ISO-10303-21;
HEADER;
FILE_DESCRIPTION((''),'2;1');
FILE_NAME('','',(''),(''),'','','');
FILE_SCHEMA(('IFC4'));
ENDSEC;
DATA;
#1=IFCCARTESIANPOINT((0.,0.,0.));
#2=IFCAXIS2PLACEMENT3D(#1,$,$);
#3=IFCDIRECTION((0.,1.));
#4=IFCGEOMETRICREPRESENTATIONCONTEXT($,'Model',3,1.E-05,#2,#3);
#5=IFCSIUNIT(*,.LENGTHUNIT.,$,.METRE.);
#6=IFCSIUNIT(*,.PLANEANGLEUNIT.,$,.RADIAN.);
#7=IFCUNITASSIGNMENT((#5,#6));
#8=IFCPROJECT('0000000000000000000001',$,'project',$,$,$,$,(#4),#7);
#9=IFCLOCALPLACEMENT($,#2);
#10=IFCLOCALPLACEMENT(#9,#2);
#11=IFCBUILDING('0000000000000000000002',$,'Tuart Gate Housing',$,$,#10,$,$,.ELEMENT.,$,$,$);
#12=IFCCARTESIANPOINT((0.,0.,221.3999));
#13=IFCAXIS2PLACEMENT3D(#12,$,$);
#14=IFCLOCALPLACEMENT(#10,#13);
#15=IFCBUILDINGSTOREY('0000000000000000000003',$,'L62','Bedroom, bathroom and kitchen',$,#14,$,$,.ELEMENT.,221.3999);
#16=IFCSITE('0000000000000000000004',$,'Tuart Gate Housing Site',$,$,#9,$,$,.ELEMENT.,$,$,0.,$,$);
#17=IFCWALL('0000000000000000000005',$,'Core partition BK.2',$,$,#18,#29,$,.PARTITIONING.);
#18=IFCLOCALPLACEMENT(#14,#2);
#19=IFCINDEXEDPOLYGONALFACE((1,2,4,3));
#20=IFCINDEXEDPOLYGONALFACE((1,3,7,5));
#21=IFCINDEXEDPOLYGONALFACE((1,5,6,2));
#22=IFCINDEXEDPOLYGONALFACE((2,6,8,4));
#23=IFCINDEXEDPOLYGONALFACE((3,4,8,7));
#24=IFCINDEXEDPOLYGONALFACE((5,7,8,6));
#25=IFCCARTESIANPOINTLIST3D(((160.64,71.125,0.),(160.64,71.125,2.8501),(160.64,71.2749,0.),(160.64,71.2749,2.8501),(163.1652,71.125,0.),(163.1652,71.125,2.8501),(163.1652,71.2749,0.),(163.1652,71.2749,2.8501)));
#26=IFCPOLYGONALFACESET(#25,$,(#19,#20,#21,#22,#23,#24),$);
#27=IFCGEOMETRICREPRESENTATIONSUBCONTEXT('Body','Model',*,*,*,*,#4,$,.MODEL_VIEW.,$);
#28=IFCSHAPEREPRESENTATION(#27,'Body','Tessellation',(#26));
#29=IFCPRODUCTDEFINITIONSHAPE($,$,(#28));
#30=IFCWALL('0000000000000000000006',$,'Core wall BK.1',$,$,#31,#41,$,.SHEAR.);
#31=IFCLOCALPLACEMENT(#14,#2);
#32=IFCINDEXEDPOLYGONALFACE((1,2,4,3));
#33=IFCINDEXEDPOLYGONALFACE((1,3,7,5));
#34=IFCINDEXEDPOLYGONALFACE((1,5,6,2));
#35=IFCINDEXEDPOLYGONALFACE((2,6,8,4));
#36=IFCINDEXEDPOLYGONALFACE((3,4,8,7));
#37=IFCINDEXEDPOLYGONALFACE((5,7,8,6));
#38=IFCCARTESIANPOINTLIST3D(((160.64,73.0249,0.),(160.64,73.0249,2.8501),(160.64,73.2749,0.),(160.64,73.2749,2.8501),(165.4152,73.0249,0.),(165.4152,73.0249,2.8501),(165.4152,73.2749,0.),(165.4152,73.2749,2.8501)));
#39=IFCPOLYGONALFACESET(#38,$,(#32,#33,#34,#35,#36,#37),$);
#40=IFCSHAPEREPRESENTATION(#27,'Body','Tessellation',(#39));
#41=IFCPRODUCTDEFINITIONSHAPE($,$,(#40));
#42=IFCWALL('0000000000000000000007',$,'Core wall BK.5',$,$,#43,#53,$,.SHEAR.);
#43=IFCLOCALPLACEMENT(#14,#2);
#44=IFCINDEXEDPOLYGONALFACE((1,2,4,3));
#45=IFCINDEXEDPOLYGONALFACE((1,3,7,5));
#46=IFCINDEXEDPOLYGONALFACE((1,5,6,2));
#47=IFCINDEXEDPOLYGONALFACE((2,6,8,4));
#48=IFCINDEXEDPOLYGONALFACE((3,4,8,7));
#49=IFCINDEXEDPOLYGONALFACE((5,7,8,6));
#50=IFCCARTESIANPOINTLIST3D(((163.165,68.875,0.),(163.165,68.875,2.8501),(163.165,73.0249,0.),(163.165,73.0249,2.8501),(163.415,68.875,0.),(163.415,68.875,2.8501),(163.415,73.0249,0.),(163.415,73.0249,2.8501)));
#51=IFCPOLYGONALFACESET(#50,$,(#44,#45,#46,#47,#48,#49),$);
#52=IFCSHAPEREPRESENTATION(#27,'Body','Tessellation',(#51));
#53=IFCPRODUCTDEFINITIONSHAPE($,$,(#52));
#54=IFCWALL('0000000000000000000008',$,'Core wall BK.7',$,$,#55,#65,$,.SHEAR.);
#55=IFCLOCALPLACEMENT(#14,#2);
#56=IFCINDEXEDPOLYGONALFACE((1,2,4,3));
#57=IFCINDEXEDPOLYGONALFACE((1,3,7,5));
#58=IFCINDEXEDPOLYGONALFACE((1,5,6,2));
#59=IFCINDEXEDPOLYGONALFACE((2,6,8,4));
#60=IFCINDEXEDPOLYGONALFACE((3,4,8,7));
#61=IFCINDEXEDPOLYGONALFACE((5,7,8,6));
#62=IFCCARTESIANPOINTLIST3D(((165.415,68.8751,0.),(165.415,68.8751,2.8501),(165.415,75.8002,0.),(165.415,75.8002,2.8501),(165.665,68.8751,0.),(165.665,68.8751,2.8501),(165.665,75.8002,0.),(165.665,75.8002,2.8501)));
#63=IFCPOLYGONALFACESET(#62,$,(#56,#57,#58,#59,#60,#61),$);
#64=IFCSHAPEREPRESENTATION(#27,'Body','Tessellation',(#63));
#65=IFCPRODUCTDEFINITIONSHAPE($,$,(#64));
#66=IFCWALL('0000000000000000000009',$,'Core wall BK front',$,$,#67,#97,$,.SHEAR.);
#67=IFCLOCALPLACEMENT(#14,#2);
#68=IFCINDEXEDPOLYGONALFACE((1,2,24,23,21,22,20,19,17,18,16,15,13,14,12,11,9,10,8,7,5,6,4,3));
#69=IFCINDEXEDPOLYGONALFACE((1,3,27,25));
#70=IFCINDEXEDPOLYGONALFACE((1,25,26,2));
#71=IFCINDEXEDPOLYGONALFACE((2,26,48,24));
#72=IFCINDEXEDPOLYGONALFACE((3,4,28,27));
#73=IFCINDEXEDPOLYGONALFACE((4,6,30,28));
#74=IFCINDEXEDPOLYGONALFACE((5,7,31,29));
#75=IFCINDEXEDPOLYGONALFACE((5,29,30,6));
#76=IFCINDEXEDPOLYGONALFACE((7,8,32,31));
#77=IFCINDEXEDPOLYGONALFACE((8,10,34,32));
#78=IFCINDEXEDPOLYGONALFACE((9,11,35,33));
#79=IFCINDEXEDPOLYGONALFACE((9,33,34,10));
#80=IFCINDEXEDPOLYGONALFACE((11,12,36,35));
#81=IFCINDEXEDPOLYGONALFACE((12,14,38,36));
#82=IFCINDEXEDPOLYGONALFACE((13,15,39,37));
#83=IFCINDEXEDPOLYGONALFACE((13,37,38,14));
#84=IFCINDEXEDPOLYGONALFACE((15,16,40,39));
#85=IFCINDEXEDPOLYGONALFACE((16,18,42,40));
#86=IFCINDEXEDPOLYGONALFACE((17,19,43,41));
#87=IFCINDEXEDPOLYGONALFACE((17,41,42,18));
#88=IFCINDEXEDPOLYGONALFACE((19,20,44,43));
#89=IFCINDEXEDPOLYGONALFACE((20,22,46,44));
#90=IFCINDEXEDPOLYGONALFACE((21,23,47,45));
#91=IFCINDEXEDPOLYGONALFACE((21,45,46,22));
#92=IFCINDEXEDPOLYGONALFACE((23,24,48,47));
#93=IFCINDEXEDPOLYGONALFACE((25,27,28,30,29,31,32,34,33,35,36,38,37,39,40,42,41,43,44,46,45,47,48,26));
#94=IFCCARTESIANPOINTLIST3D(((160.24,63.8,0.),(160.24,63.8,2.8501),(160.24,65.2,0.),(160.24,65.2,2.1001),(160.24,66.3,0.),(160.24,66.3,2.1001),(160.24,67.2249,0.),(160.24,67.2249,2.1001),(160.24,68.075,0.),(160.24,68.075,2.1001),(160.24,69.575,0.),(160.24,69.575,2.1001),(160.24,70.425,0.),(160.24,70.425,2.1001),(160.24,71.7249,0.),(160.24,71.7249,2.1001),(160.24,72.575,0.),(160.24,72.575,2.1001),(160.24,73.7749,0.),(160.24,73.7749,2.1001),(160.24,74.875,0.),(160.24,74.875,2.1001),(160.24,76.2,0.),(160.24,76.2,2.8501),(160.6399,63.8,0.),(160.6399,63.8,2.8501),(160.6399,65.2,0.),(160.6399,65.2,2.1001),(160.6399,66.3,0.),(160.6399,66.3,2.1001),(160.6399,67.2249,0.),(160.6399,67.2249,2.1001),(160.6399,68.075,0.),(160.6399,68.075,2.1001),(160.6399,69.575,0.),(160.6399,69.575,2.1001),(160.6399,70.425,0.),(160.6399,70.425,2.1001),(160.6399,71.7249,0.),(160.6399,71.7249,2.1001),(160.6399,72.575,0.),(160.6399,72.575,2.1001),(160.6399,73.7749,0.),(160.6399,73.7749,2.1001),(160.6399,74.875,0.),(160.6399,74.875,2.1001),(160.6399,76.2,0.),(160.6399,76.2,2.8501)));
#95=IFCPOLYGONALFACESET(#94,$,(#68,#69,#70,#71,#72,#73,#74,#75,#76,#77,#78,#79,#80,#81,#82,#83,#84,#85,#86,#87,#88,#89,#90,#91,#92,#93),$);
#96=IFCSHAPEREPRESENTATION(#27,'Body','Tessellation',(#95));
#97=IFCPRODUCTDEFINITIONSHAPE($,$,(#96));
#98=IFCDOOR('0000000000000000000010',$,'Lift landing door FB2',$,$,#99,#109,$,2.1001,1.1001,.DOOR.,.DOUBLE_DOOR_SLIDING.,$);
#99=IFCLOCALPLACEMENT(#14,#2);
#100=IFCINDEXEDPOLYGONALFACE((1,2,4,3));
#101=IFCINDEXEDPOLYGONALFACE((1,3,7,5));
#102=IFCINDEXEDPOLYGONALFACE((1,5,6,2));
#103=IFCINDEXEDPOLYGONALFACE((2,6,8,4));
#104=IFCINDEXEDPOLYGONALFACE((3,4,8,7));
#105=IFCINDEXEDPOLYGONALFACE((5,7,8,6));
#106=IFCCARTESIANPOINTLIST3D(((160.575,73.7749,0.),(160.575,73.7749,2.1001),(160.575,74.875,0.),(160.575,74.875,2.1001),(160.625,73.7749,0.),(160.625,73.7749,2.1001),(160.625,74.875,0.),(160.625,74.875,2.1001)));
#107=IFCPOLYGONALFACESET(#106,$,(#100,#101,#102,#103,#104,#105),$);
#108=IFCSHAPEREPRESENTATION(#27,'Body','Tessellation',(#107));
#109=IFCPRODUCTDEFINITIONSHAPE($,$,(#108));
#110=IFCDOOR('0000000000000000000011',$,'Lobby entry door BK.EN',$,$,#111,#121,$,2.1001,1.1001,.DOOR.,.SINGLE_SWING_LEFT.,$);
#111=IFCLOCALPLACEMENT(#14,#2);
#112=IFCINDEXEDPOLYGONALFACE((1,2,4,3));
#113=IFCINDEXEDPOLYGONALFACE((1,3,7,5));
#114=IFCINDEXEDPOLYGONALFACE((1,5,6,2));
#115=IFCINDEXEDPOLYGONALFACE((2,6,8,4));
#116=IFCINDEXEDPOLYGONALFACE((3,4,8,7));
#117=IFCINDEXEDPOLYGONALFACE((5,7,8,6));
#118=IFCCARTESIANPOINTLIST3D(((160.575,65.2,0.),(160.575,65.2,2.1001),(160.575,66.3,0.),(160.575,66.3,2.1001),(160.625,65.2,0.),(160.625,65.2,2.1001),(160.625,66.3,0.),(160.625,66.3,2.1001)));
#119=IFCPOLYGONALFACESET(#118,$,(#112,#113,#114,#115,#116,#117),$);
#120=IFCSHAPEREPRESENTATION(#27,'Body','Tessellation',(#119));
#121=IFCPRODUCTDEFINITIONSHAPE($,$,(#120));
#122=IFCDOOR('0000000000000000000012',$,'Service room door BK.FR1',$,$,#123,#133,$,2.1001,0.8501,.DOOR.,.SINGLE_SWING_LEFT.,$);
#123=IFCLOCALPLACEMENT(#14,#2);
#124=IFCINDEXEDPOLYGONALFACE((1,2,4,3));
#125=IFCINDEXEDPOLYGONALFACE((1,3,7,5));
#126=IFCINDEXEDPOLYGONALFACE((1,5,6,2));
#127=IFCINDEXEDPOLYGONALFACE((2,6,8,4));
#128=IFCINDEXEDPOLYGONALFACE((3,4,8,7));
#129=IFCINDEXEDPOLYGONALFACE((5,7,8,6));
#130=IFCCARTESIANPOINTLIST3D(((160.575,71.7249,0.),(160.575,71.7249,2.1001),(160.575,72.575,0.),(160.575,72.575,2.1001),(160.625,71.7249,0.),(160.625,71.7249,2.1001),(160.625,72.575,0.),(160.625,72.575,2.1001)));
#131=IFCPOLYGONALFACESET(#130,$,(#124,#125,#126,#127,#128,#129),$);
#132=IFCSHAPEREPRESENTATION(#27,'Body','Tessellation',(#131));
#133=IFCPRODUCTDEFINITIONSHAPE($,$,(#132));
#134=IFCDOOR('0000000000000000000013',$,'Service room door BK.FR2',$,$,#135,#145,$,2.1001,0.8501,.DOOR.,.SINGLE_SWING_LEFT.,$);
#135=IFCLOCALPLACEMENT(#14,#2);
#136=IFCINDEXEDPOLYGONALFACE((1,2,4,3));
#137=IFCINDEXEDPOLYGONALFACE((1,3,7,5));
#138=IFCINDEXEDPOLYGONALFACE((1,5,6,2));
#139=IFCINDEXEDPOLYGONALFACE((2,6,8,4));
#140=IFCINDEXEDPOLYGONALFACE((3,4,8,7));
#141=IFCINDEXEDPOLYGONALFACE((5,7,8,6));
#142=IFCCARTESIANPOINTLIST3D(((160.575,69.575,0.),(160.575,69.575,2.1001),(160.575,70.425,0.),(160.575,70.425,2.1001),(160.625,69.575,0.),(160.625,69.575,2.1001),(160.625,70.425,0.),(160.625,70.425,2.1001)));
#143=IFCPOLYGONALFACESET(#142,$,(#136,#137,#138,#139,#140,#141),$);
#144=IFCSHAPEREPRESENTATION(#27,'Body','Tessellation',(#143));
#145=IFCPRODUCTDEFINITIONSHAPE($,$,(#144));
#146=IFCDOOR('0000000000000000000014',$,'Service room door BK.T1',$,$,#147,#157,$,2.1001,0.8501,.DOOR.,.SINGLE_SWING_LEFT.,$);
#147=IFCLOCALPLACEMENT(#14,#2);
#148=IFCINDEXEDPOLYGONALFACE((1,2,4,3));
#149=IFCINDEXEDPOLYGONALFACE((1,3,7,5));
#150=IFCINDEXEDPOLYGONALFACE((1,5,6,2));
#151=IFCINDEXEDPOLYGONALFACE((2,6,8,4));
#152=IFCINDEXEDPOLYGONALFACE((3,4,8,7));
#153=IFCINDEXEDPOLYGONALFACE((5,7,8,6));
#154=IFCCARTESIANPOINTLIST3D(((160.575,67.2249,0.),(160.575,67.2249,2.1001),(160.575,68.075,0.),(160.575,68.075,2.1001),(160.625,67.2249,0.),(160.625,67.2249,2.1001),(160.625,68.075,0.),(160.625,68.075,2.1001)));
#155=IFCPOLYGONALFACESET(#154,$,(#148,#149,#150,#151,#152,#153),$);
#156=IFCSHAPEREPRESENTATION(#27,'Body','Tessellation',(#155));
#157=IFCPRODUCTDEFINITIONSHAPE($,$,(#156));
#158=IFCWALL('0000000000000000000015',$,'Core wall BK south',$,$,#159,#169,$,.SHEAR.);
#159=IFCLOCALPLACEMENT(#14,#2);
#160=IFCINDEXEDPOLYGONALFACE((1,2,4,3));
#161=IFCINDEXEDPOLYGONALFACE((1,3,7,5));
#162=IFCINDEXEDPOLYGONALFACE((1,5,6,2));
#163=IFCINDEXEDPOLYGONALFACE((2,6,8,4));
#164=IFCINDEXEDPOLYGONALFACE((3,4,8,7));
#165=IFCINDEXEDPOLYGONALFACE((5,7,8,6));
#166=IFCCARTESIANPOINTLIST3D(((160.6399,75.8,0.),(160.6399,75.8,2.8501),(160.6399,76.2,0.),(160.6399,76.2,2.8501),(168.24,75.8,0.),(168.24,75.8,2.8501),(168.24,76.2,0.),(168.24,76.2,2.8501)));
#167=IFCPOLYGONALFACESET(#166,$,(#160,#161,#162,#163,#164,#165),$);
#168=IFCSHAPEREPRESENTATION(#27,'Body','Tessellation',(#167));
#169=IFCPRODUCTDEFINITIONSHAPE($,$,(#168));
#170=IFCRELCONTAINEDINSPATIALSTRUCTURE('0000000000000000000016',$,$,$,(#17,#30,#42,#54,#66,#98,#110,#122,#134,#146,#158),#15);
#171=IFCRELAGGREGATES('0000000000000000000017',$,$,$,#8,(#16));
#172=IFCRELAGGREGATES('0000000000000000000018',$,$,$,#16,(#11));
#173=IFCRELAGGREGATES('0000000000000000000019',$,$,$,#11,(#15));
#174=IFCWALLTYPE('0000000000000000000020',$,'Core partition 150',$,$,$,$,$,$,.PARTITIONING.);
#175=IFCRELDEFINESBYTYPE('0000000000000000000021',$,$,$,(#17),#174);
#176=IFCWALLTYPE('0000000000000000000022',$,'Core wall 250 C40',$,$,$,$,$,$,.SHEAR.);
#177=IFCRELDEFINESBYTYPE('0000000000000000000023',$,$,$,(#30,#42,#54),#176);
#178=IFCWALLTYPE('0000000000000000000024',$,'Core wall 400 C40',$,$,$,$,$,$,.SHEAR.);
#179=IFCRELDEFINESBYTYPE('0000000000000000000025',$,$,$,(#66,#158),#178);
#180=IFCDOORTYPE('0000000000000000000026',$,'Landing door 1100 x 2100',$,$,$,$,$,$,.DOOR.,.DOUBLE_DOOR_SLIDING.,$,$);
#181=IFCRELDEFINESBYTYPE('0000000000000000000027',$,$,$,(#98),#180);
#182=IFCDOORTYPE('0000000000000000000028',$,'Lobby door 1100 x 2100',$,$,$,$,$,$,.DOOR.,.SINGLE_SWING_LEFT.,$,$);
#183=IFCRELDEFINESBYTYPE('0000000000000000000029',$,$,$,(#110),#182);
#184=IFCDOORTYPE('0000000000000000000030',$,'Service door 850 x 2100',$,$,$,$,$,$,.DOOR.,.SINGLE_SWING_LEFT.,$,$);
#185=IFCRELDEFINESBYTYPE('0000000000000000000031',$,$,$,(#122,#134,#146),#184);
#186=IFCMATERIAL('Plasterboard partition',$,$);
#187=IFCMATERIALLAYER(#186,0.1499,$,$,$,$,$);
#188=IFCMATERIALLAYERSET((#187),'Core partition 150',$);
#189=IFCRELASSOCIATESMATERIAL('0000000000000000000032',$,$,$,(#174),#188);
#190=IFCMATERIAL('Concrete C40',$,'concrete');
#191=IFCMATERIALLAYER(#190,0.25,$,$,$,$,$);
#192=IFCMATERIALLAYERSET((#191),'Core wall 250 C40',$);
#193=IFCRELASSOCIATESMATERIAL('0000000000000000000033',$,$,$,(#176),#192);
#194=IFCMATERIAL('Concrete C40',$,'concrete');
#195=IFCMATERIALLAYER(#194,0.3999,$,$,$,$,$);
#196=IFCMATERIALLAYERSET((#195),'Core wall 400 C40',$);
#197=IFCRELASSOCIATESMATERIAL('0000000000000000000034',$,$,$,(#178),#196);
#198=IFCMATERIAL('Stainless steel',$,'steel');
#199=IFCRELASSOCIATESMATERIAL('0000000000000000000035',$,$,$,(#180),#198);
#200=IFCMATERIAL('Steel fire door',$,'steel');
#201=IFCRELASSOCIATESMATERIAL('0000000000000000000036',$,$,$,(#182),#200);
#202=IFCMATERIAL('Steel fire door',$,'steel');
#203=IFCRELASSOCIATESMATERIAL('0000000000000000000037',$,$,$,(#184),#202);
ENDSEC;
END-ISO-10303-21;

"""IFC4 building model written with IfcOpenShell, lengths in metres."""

from ifc_helpers import new_model, si_unit, direction, frame, frame_2d, origin, place, context, subcontext, project, spatial, rectangle, extrude, material, layer, layer_set, type_object, element, fill, save


model = new_model("IFC4")

# Units and contexts
model_context = context("Model", 3, precision=1e-05, world=origin(), true_north=direction((0.0, 1.0)))
body_context = subcontext(model_context, "Body", "Model", "MODEL_VIEW")
ifc_project = project(units=[si_unit("LENGTHUNIT", "METRE"), si_unit("PLANEANGLEUNIT", "RADIAN")], contexts=[model_context])

# Site, building, storey
site_placement = place(None, origin())
site = spatial("IfcSite", under=ifc_project, at=site_placement, Name="Tuart Gate Housing Site", CompositionType="ELEMENT", RefElevation=0.0)
building_placement = place(site_placement, origin())
building = spatial("IfcBuilding", under=site, at=building_placement, Name="Tuart Gate Housing", CompositionType="ELEMENT")
storey_placement = place(building_placement, frame((0.0, 0.0, 221.3999)))
storey = spatial("IfcBuildingStorey", under=building, at=storey_placement, Name="L62", Description="Bedroom, bathroom and kitchen", CompositionType="ELEMENT", Elevation=221.3999)

# Walls
ifc_material_1 = material(Name="Plasterboard partition")
ifc_layer_1 = layer(ifc_material_1, 0.1499)
ifc_layer_set_1 = layer_set([ifc_layer_1], Name="Core partition 150")
wall_type_1 = type_object("IfcWallType", Name="Core partition 150", PredefinedType="PARTITIONING", material=ifc_layer_set_1)
wall_1_placement = place(storey_placement, frame((160.6399, 71.2, 0.0), z_axis=(0.0, 0.0, 1.0), x_axis=(1.0, 0.0, 0.0)))
element("IfcWall", 1, at=wall_1_placement, inside=storey, type_object=wall_type_1, Name="Core partition BK.2", PredefinedType="PARTITIONING", context=body_context, shape_type="SweptSolid", body=[
    extrude(rectangle(XDim=2.5251, YDim=0.1499, at=frame_2d((1.2627, 0.0))), origin(), (0.0, 0.0, 1.0), 2.8501),
])
ifc_material_2 = material(Name="Concrete C40", Category="concrete")
ifc_layer_2 = layer(ifc_material_2, 0.25)
ifc_layer_set_2 = layer_set([ifc_layer_2], Name="Core wall 250 C40")
wall_type_2 = type_object("IfcWallType", Name="Core wall 250 C40", PredefinedType="SHEAR", material=ifc_layer_set_2)
wall_2_placement = place(storey_placement, frame((160.6399, 73.1499, 0.0), z_axis=(0.0, 0.0, 1.0), x_axis=(1.0, 0.0, 0.0)))
element("IfcWall", 2, at=wall_2_placement, inside=storey, type_object=wall_type_2, Name="Core wall BK.1", PredefinedType="SHEAR", context=body_context, shape_type="SweptSolid", body=[
    extrude(rectangle(XDim=4.7751, YDim=0.25, at=frame_2d((2.3877, 0.0))), origin(), (0.0, 0.0, 1.0), 2.8501),
])
wall_3_placement = place(storey_placement, frame((163.29, 73.0249, 0.0), z_axis=(0.0, 0.0, 1.0), x_axis=(0.0, -1.0, 0.0)))
element("IfcWall", 3, at=wall_3_placement, inside=storey, type_object=wall_type_2, Name="Core wall BK.5", PredefinedType="SHEAR", context=body_context, shape_type="SweptSolid", body=[
    extrude(rectangle(XDim=4.1499, YDim=0.25, at=frame_2d((2.075, 0.0))), origin(), (0.0, 0.0, 1.0), 2.8501),
])
wall_4_placement = place(storey_placement, frame((165.54, 75.8, 0.0), z_axis=(0.0, 0.0, 1.0), x_axis=(0.0, -1.0, 0.0)))
element("IfcWall", 4, at=wall_4_placement, inside=storey, type_object=wall_type_2, Name="Core wall BK.7", PredefinedType="SHEAR", context=body_context, shape_type="SweptSolid", body=[
    extrude(rectangle(XDim=6.925, YDim=0.25, at=frame_2d((3.4624, 0.0))), origin(), (0.0, 0.0, 1.0), 2.8501),
])

# Wall, openings, doors
ifc_material_3 = material(Name="Concrete C40", Category="concrete")
ifc_layer_3 = layer(ifc_material_3, 0.3999)
ifc_layer_set_3 = layer_set([ifc_layer_3], Name="Core wall 400 C40")
wall_type_3 = type_object("IfcWallType", Name="Core wall 400 C40", PredefinedType="SHEAR", material=ifc_layer_set_3)
wall_5_placement = place(storey_placement, frame((160.4399, 76.2, 0.0), z_axis=(0.0, 0.0, 1.0), x_axis=(0.0, -1.0, 0.0)))
wall_5 = element("IfcWall", 5, at=wall_5_placement, inside=storey, type_object=wall_type_3, Name="Core wall BK front", PredefinedType="SHEAR", context=body_context, shape_type="SweptSolid", body=[
    extrude(rectangle(XDim=12.3999, YDim=0.3999, at=frame_2d((6.2, 0.0))), origin(), (0.0, 0.0, 1.0), 2.8501),
])
opening_1_placement = place(wall_5_placement, frame((1.325, 0.0, 0.0)))
opening_1 = element("IfcOpeningElement", 6, at=opening_1_placement, cuts=wall_5, PredefinedType="OPENING", context=body_context, shape_type="SweptSolid", body=[
    extrude(rectangle(XDim=1.1001, YDim=2.1001, at=frame_2d((0.55, 1.05))), frame((0.0, 0.21, 0.0), z_axis=(0.0, -1.0, 0.0), x_axis=(1.0, 0.0, 0.0)), (0.0, 0.0, 1.0), 0.4199),
])
opening_2_placement = place(wall_5_placement, frame((3.625, 0.0, 0.0)))
opening_2 = element("IfcOpeningElement", 7, at=opening_2_placement, cuts=wall_5, PredefinedType="OPENING", context=body_context, shape_type="SweptSolid", body=[
    extrude(rectangle(XDim=0.8501, YDim=2.1001, at=frame_2d((0.425, 1.05))), frame((0.0, 0.21, 0.0), z_axis=(0.0, -1.0, 0.0), x_axis=(1.0, 0.0, 0.0)), (0.0, 0.0, 1.0), 0.4199),
])
opening_3_placement = place(wall_5_placement, frame((5.7749, 0.0, 0.0)))
opening_3 = element("IfcOpeningElement", 8, at=opening_3_placement, cuts=wall_5, PredefinedType="OPENING", context=body_context, shape_type="SweptSolid", body=[
    extrude(rectangle(XDim=0.8501, YDim=2.1001, at=frame_2d((0.425, 1.05))), frame((0.0, 0.21, 0.0), z_axis=(0.0, -1.0, 0.0), x_axis=(1.0, 0.0, 0.0)), (0.0, 0.0, 1.0), 0.4199),
])
opening_4_placement = place(wall_5_placement, frame((9.8999, 0.0, 0.0)))
opening_4 = element("IfcOpeningElement", 9, at=opening_4_placement, cuts=wall_5, PredefinedType="OPENING", context=body_context, shape_type="SweptSolid", body=[
    extrude(rectangle(XDim=1.1001, YDim=2.1001, at=frame_2d((0.55, 1.05))), frame((0.0, 0.21, 0.0), z_axis=(0.0, -1.0, 0.0), x_axis=(1.0, 0.0, 0.0)), (0.0, 0.0, 1.0), 0.4199),
])
opening_5_placement = place(wall_5_placement, frame((8.125, 0.0, 0.0)))
opening_5 = element("IfcOpeningElement", 10, at=opening_5_placement, cuts=wall_5, PredefinedType="OPENING", context=body_context, shape_type="SweptSolid", body=[
    extrude(rectangle(XDim=0.8501, YDim=2.1001, at=frame_2d((0.425, 1.05))), frame((0.0, 0.21, 0.0), z_axis=(0.0, -1.0, 0.0), x_axis=(1.0, 0.0, 0.0)), (0.0, 0.0, 1.0), 0.4199),
])
ifc_material_4 = material(Name="Stainless steel", Category="steel")
door_type_1 = type_object("IfcDoorType", Name="Landing door 1100 x 2100", OperationType="DOUBLE_DOOR_SLIDING", PredefinedType="DOOR", material=ifc_material_4)
door_1_placement = place(opening_1_placement, origin())
door_1 = element("IfcDoor", 11, at=door_1_placement, inside=storey, type_object=door_type_1, Name="Lift landing door FB2", OperationType="DOUBLE_DOOR_SLIDING", OverallHeight=2.1001, OverallWidth=1.1001, PredefinedType="DOOR", context=body_context, shape_type="SweptSolid", body=[
    extrude(rectangle(XDim=1.1001, YDim=2.1001, at=frame_2d((0.55, 1.05))), frame((0.0, 0.1851, 0.0), z_axis=(0.0, -1.0, 0.0), x_axis=(1.0, 0.0, 0.0)), (0.0, 0.0, 1.0), 0.05),
])
fill(opening_1, door_1)
ifc_material_5 = material(Name="Steel fire door", Category="steel")
door_type_2 = type_object("IfcDoorType", Name="Lobby door 1100 x 2100", OperationType="SINGLE_SWING_LEFT", PredefinedType="DOOR", material=ifc_material_5)
door_2_placement = place(opening_4_placement, origin())
door_2 = element("IfcDoor", 12, at=door_2_placement, inside=storey, type_object=door_type_2, Name="Lobby entry door BK.EN", OperationType="SINGLE_SWING_LEFT", OverallHeight=2.1001, OverallWidth=1.1001, PredefinedType="DOOR", context=body_context, shape_type="SweptSolid", body=[
    extrude(rectangle(XDim=1.1001, YDim=2.1001, at=frame_2d((0.55, 1.05))), frame((0.0, 0.1851, 0.0), z_axis=(0.0, -1.0, 0.0), x_axis=(1.0, 0.0, 0.0)), (0.0, 0.0, 1.0), 0.05),
])
fill(opening_4, door_2)
ifc_material_6 = material(Name="Steel fire door", Category="steel")
door_type_3 = type_object("IfcDoorType", Name="Service door 850 x 2100", OperationType="SINGLE_SWING_LEFT", PredefinedType="DOOR", material=ifc_material_6)
door_3_placement = place(opening_2_placement, origin())
door_3 = element("IfcDoor", 13, at=door_3_placement, inside=storey, type_object=door_type_3, Name="Service room door BK.FR1", OperationType="SINGLE_SWING_LEFT", OverallHeight=2.1001, OverallWidth=0.8501, PredefinedType="DOOR", context=body_context, shape_type="SweptSolid", body=[
    extrude(rectangle(XDim=0.8501, YDim=2.1001, at=frame_2d((0.425, 1.05))), frame((0.0, 0.1851, 0.0), z_axis=(0.0, -1.0, 0.0), x_axis=(1.0, 0.0, 0.0)), (0.0, 0.0, 1.0), 0.05),
])
fill(opening_2, door_3)
door_4_placement = place(opening_3_placement, origin())
door_4 = element("IfcDoor", 14, at=door_4_placement, inside=storey, type_object=door_type_3, Name="Service room door BK.FR2", OperationType="SINGLE_SWING_LEFT", OverallHeight=2.1001, OverallWidth=0.8501, PredefinedType="DOOR", context=body_context, shape_type="SweptSolid", body=[
    extrude(rectangle(XDim=0.8501, YDim=2.1001, at=frame_2d((0.425, 1.05))), frame((0.0, 0.1851, 0.0), z_axis=(0.0, -1.0, 0.0), x_axis=(1.0, 0.0, 0.0)), (0.0, 0.0, 1.0), 0.05),
])
fill(opening_3, door_4)
door_5_placement = place(opening_5_placement, origin())
door_5 = element("IfcDoor", 15, at=door_5_placement, inside=storey, type_object=door_type_3, Name="Service room door BK.T1", OperationType="SINGLE_SWING_LEFT", OverallHeight=2.1001, OverallWidth=0.8501, PredefinedType="DOOR", context=body_context, shape_type="SweptSolid", body=[
    extrude(rectangle(XDim=0.8501, YDim=2.1001, at=frame_2d((0.425, 1.05))), frame((0.0, 0.1851, 0.0), z_axis=(0.0, -1.0, 0.0), x_axis=(1.0, 0.0, 0.0)), (0.0, 0.0, 1.0), 0.05),
])
fill(opening_5, door_5)

# Wall
wall_6_placement = place(storey_placement, frame((160.6399, 76.0, 0.0), z_axis=(0.0, 0.0, 1.0), x_axis=(1.0, 0.0, 0.0)))
element("IfcWall", 16, at=wall_6_placement, inside=storey, type_object=wall_type_3, Name="Core wall BK south", PredefinedType="SHEAR", context=body_context, shape_type="SweptSolid", body=[
    extrude(rectangle(XDim=7.6001, YDim=0.3999, at=frame_2d((3.8, 0.0))), origin(), (0.0, 0.0, 1.0), 2.8501),
])

save(model, "model.ifc")
